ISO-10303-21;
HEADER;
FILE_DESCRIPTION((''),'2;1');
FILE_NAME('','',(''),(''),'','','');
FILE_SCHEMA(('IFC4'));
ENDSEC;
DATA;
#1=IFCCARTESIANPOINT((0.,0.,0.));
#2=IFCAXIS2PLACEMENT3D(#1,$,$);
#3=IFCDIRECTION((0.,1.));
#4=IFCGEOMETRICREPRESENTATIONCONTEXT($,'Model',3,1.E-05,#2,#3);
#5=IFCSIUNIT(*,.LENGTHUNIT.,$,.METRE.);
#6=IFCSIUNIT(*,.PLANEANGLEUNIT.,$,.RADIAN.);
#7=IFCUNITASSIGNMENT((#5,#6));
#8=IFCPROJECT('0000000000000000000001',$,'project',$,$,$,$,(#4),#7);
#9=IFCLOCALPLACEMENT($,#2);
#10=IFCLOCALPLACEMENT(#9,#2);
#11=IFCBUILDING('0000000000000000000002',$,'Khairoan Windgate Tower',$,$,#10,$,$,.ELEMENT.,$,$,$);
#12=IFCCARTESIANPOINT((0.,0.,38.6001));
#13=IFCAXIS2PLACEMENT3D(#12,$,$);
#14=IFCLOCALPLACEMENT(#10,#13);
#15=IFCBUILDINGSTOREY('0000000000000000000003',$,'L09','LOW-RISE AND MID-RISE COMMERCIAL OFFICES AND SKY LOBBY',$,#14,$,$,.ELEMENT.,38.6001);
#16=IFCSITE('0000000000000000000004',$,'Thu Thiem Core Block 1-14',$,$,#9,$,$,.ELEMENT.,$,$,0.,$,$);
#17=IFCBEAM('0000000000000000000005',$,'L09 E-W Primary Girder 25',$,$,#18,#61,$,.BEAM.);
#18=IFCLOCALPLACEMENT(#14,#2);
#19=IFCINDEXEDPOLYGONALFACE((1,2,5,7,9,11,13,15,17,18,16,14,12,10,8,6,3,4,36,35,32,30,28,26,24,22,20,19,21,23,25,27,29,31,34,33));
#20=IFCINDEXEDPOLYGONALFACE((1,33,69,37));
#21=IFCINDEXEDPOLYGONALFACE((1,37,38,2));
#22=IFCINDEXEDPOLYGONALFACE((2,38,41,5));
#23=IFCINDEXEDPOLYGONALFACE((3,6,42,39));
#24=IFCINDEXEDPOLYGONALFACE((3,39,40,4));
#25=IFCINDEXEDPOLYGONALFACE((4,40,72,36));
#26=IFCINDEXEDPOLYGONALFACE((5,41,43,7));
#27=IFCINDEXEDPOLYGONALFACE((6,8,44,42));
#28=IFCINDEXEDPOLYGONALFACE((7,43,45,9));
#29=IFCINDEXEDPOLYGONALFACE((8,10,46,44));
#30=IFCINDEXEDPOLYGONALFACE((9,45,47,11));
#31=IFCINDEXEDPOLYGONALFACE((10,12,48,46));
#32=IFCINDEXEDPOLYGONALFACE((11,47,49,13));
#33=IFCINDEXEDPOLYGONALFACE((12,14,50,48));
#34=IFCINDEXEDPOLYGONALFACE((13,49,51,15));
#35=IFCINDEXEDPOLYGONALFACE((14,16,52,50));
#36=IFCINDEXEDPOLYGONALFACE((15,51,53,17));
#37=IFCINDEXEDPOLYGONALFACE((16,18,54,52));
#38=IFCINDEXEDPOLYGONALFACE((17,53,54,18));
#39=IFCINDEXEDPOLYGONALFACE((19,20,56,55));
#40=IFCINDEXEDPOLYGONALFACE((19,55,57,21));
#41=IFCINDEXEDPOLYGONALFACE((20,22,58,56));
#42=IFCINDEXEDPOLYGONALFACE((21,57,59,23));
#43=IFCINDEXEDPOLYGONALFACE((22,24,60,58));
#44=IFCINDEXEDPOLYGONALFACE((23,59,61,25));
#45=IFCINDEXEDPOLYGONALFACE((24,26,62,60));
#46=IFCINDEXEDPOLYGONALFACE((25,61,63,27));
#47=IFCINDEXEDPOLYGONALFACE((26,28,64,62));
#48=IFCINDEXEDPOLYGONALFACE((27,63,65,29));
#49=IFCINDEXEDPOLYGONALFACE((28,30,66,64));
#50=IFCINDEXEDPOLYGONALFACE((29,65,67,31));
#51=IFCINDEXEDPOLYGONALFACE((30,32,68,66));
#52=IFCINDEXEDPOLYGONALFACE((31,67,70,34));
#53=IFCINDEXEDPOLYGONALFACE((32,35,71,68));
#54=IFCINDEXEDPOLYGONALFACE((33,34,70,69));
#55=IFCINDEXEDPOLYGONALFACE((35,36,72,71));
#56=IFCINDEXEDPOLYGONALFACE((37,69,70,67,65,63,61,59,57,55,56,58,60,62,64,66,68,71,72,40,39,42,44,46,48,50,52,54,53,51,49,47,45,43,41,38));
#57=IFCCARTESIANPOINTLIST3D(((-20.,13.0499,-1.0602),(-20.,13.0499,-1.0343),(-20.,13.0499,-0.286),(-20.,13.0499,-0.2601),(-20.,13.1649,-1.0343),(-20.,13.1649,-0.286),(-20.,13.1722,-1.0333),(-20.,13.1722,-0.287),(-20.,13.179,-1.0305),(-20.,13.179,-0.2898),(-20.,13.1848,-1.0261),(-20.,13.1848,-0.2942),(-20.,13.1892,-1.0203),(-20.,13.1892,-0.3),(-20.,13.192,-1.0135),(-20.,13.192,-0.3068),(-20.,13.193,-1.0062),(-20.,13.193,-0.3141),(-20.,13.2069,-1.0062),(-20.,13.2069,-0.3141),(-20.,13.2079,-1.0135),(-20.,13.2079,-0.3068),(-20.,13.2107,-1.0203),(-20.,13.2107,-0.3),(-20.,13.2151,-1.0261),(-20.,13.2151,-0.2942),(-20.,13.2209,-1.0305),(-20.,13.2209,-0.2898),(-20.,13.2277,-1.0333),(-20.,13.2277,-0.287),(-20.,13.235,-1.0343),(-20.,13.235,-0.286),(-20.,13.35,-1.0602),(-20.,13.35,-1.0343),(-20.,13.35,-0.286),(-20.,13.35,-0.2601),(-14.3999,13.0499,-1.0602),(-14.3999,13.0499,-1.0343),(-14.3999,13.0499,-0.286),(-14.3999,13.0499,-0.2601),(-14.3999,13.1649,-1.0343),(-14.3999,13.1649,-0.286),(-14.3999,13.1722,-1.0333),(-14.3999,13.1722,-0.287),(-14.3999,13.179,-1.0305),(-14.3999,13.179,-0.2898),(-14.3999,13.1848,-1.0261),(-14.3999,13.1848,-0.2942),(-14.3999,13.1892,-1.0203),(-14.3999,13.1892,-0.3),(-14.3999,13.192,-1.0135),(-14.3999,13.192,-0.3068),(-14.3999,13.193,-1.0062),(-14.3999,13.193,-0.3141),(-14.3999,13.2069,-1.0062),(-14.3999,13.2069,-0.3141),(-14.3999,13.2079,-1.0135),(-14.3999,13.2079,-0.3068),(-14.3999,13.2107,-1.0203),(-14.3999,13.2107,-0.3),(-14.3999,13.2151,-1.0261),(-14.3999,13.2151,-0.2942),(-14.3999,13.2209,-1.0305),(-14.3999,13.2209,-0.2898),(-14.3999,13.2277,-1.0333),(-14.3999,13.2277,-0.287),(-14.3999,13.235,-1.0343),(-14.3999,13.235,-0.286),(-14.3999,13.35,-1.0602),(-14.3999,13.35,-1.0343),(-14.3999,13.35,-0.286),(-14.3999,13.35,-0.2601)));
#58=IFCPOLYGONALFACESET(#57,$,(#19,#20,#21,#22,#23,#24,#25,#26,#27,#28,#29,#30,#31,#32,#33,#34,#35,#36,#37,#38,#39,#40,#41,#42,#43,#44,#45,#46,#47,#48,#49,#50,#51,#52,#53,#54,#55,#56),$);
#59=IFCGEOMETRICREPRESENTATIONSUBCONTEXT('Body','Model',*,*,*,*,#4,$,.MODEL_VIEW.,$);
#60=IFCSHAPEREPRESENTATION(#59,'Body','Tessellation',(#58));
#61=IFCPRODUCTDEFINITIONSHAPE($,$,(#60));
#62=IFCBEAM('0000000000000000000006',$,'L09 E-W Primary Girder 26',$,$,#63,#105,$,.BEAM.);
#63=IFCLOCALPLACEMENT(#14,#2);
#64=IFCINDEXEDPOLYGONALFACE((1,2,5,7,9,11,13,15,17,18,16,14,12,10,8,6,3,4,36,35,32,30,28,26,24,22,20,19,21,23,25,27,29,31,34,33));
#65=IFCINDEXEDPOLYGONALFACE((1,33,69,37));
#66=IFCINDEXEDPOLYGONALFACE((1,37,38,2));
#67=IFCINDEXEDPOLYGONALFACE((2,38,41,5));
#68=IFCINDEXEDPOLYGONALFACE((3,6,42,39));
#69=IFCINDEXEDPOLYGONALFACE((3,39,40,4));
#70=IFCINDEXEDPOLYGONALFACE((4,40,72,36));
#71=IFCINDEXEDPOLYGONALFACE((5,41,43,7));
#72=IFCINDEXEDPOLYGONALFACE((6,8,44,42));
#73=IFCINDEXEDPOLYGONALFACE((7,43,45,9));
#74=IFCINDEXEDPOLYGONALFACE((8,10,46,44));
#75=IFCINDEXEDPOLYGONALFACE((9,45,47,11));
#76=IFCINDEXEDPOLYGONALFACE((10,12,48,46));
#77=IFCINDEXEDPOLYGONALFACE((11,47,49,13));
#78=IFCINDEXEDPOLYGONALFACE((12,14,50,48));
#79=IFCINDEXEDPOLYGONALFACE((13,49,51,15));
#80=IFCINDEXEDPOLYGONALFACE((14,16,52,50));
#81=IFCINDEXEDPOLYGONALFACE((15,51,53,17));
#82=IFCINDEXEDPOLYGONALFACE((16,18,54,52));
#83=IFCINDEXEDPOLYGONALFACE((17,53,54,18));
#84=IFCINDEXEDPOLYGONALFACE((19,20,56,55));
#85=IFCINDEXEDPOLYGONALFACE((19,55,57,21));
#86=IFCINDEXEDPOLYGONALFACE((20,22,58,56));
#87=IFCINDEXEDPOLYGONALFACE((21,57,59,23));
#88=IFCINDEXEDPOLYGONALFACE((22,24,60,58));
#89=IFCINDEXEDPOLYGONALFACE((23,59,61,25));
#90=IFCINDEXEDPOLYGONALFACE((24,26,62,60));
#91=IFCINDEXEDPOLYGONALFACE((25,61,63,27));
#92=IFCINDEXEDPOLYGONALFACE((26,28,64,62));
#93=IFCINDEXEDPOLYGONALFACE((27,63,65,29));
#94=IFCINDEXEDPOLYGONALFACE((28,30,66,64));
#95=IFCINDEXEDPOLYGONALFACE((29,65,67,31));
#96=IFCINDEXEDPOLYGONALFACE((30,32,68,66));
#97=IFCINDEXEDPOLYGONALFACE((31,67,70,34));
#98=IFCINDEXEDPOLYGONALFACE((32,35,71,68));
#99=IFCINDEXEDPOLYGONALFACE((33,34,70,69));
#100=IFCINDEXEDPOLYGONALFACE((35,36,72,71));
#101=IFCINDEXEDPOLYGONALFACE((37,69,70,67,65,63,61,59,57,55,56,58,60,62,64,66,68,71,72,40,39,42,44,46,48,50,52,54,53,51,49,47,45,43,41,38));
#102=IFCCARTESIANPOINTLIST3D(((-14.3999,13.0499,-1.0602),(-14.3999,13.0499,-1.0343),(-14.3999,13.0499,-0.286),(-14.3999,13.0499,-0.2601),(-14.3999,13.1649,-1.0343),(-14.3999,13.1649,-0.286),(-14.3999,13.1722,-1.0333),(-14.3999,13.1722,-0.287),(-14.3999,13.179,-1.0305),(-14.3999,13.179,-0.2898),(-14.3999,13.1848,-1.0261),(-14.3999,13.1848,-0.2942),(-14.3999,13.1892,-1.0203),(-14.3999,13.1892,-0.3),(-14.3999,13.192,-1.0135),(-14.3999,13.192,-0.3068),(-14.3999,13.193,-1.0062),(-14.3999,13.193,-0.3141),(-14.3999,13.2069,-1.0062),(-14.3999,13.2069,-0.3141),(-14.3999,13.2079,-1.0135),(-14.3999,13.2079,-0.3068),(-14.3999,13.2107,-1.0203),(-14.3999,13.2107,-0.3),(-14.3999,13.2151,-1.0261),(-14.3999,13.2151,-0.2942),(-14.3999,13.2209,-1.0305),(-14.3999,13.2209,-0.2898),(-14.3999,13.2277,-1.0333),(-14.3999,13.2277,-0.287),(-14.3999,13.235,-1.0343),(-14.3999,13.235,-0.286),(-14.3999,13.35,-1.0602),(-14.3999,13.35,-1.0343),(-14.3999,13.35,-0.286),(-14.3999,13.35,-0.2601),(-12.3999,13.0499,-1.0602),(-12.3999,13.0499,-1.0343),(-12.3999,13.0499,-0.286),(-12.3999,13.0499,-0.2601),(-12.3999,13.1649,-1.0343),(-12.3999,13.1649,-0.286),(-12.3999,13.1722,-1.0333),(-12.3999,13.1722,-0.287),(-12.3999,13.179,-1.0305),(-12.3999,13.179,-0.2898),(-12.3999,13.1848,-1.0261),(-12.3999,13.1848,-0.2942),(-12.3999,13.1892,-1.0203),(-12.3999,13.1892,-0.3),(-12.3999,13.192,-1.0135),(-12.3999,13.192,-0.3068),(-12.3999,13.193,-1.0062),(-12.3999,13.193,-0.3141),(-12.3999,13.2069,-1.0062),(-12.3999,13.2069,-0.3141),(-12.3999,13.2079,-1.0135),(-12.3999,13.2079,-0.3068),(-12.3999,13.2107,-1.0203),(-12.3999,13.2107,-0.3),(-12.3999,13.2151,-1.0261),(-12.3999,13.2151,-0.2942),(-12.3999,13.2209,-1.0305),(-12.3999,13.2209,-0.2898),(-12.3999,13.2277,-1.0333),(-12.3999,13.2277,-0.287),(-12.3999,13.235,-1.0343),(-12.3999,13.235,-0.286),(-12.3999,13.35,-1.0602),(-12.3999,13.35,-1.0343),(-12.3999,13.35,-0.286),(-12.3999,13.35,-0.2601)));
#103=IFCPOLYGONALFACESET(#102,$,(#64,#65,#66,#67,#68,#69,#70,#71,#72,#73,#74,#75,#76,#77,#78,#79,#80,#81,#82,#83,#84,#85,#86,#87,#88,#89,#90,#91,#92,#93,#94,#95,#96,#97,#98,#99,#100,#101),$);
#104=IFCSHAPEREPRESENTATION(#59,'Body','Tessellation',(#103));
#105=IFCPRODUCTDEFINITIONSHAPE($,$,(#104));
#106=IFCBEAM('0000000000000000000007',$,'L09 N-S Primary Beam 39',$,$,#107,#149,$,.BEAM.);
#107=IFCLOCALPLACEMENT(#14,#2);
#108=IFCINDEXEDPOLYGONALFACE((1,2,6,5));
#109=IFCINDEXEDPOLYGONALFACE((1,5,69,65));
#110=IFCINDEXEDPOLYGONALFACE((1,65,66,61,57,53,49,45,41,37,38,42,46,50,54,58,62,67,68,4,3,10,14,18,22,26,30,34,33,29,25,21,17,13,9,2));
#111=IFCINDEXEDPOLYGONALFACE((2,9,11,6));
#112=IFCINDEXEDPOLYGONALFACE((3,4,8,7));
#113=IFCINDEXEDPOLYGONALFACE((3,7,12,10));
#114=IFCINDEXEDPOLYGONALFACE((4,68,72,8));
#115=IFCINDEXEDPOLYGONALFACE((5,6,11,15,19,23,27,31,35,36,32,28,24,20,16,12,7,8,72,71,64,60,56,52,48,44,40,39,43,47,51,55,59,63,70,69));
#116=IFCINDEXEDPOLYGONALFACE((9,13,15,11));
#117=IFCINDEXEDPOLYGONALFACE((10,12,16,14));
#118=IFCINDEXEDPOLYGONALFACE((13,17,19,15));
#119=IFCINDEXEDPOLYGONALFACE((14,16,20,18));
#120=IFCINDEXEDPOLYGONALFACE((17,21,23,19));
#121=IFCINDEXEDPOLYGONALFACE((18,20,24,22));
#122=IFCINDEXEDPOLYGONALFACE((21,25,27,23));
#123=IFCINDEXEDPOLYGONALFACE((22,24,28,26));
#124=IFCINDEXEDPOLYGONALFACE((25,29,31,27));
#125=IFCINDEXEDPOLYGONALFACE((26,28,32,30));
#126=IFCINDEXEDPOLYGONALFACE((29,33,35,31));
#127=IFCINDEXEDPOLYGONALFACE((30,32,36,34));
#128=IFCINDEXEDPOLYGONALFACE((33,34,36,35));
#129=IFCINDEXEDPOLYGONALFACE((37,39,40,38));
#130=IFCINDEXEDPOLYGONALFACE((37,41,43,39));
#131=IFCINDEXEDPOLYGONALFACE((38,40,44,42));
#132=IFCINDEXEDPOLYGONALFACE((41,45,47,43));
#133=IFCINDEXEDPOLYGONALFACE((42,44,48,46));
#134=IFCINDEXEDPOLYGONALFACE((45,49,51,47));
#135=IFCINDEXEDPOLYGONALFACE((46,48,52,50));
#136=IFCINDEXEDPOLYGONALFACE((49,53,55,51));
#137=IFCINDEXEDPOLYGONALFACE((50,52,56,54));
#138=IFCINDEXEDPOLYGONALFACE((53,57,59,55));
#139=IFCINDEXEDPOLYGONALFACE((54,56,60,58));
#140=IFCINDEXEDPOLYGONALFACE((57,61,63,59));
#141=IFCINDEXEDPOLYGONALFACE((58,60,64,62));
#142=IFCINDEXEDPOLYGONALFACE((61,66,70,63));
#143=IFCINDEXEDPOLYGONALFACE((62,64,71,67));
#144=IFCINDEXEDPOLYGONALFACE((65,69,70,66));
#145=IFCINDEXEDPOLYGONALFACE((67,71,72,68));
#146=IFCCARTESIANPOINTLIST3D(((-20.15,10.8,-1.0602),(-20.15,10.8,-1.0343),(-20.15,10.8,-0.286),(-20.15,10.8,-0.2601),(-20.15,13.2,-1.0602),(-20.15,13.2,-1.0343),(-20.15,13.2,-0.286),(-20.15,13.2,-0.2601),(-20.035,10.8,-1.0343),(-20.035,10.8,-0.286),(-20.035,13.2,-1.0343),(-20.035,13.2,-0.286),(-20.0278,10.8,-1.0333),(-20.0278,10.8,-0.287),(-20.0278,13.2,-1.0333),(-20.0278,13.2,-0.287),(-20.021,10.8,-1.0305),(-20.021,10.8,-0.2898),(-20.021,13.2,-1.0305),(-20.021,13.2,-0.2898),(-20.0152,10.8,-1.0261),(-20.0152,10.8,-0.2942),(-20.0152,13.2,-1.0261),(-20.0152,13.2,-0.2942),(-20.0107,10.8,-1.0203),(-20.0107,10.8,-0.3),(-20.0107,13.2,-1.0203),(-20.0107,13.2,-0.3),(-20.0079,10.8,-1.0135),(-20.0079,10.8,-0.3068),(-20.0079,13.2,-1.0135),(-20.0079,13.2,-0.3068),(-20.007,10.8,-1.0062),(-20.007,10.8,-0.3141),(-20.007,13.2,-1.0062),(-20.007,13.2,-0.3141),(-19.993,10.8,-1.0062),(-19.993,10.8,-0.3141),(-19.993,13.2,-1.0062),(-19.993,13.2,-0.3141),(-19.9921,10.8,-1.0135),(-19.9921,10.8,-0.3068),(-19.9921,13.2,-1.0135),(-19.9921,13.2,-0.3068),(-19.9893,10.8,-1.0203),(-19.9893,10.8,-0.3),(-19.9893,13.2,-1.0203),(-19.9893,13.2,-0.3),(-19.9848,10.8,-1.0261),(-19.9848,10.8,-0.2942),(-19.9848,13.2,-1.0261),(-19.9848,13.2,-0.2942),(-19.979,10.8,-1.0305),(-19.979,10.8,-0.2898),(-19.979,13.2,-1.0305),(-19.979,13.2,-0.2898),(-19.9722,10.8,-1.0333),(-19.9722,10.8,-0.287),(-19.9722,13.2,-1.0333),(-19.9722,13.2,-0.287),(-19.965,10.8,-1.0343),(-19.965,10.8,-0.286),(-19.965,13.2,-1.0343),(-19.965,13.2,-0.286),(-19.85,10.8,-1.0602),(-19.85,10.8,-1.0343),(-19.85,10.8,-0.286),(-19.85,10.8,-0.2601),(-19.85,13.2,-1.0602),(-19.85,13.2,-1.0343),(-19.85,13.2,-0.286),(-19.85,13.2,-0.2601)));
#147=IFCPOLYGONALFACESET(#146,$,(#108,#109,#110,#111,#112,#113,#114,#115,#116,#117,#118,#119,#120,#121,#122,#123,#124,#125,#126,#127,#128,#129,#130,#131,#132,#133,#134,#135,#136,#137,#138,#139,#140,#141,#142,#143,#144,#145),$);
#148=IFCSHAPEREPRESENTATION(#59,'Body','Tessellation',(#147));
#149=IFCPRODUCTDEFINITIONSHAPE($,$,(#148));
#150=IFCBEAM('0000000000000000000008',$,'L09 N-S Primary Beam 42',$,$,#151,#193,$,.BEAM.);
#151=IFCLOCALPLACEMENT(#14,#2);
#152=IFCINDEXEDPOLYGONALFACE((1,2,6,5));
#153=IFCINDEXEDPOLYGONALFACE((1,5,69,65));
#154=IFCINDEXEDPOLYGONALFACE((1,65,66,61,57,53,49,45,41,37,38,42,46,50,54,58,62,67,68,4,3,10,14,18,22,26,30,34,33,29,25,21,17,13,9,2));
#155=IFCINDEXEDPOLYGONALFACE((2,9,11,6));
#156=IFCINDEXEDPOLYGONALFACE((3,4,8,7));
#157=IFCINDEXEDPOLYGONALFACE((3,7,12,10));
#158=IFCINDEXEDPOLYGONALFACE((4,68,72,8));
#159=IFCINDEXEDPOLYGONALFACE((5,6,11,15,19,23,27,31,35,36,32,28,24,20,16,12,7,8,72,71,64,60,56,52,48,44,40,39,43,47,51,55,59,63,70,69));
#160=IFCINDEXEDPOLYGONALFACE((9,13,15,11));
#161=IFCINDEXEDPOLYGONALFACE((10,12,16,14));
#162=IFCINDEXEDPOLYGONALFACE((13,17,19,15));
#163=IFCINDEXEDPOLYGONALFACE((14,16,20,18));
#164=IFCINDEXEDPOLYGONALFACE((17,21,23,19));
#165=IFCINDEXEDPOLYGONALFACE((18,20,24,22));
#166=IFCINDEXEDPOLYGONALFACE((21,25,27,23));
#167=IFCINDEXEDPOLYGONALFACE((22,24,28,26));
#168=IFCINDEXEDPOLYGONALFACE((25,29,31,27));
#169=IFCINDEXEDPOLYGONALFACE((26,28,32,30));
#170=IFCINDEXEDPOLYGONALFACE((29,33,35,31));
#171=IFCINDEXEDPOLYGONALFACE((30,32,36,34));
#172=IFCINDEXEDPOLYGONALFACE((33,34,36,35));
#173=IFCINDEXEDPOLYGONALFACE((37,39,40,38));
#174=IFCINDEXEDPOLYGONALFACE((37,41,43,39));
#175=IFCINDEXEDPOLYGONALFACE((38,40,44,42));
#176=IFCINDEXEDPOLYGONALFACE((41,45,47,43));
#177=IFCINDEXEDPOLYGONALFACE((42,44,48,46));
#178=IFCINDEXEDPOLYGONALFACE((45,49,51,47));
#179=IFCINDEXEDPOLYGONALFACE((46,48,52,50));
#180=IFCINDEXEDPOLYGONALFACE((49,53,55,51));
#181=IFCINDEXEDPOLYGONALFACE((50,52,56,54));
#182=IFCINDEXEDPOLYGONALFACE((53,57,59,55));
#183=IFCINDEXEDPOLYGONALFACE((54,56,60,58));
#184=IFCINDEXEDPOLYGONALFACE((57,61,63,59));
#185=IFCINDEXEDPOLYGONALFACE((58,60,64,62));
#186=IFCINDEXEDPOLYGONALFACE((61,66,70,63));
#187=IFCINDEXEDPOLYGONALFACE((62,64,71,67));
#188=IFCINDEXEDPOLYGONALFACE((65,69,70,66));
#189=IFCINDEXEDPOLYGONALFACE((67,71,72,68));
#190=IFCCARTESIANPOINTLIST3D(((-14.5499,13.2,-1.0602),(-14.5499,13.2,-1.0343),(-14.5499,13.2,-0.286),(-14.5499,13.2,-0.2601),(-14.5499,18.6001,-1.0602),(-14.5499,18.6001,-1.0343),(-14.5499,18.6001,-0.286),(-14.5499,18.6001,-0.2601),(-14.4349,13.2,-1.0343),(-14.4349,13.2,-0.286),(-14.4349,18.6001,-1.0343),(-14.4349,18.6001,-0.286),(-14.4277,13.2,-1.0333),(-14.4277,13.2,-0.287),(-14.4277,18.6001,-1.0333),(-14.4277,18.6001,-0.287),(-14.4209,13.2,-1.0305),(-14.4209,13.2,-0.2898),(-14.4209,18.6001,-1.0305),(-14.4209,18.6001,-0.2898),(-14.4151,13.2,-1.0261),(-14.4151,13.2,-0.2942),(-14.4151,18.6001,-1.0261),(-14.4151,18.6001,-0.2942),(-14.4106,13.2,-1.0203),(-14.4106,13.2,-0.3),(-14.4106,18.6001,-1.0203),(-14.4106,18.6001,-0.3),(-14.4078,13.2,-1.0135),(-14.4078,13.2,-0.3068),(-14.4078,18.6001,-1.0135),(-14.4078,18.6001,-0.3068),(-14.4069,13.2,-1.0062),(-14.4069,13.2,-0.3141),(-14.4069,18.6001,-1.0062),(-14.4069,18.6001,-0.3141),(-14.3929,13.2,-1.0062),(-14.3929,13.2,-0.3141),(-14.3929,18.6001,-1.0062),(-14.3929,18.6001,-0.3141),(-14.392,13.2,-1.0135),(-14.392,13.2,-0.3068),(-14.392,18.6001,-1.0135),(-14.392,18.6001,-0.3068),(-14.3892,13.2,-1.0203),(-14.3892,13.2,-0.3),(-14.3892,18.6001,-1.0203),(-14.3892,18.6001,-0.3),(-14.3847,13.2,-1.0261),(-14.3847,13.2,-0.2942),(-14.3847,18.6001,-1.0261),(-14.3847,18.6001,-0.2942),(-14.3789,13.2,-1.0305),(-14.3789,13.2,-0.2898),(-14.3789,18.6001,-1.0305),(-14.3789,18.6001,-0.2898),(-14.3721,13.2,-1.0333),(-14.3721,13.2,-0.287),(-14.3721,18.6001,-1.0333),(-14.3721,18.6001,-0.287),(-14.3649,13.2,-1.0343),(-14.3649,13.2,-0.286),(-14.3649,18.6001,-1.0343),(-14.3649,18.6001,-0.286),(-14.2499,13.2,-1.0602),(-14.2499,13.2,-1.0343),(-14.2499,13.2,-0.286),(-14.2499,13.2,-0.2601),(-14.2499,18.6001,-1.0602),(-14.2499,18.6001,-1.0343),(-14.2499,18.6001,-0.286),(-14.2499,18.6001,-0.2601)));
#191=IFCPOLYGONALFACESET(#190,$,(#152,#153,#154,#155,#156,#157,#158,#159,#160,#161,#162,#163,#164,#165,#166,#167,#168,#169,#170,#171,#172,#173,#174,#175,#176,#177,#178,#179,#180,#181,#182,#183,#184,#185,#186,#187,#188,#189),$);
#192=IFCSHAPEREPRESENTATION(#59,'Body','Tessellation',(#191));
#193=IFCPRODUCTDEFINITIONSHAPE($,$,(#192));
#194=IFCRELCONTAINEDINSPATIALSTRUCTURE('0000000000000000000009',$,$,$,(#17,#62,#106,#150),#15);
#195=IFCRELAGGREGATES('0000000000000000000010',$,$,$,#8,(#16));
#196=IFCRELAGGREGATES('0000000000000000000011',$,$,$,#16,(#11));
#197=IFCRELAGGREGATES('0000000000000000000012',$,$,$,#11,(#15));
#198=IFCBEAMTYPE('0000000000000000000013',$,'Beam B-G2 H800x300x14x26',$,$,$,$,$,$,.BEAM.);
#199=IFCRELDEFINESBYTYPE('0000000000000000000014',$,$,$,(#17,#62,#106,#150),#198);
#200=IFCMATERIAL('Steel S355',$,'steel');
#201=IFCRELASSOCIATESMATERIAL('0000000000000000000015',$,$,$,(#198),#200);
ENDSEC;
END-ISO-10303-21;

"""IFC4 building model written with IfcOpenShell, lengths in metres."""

from ifc_helpers import new_model, si_unit, direction, frame, origin, origin_2d, place, context, subcontext, project, spatial, i_section, extrude, material, material_profile, profile_set, type_object, element, save


model = new_model("IFC4")

# Units and contexts
model_context = context("Model", 3, precision=1e-05, world=origin(), true_north=direction((0.0, 1.0)))
body_context = subcontext(model_context, "Body", "Model", "MODEL_VIEW")
ifc_project = project(units=[si_unit("LENGTHUNIT", "METRE"), si_unit("PLANEANGLEUNIT", "RADIAN")], contexts=[model_context])

# Site, building, storey
site_placement = place(None, origin())
site = spatial("IfcSite", under=ifc_project, at=site_placement, Name="Thu Thiem Core Block 1-14", CompositionType="ELEMENT", RefElevation=0.0)
building_placement = place(site_placement, origin())
building = spatial("IfcBuilding", under=site, at=building_placement, Name="Khairoan Windgate Tower", CompositionType="ELEMENT")
storey_placement = place(building_placement, frame((0.0, 0.0, 38.6001)))
storey = spatial("IfcBuildingStorey", under=building, at=storey_placement, Name="L09", Description="LOW-RISE AND MID-RISE COMMERCIAL OFFICES AND SKY LOBBY", CompositionType="ELEMENT", Elevation=38.6001)

# Beams
ifc_material_1 = material(Name="Steel S355", Category="steel")
ifc_material_profile_1 = material_profile(ifc_material_1, i_section(OverallWidth=0.3, OverallDepth=0.8, WebThickness=0.0139, FlangeThickness=0.0259, FilletRadius=0.0281, at=origin_2d()))
ifc_profile_set_1 = profile_set([ifc_material_profile_1], Name="Steel S355")
beam_type_1 = type_object("IfcBeamType", Name="Beam B-G2 H800x300x14x26", PredefinedType="BEAM", material=ifc_profile_set_1)
beam_1_placement = place(storey_placement, frame((-20.0, 13.2, -0.6602), z_axis=(1.0, 0.0, 0.0), x_axis=(0.0, 1.0, 0.0)))
element("IfcBeam", 1, at=beam_1_placement, inside=storey, type_object=beam_type_1, Name="L09 E-W Primary Girder 25", PredefinedType="BEAM", context=body_context, shape_type="SweptSolid", body=[
    extrude(i_section(OverallWidth=0.3, OverallDepth=0.8, WebThickness=0.0139, FlangeThickness=0.0259, FilletRadius=0.0281, at=origin_2d()), origin(), (0.0, 0.0, 1.0), 5.6001),
])
beam_2_placement = place(storey_placement, frame((-14.3999, 13.2, -0.6602), z_axis=(1.0, 0.0, 0.0), x_axis=(0.0, 1.0, 0.0)))
element("IfcBeam", 2, at=beam_2_placement, inside=storey, type_object=beam_type_1, Name="L09 E-W Primary Girder 26", PredefinedType="BEAM", context=body_context, shape_type="SweptSolid", body=[
    extrude(i_section(OverallWidth=0.3, OverallDepth=0.8, WebThickness=0.0139, FlangeThickness=0.0259, FilletRadius=0.0281, at=origin_2d()), origin(), (0.0, 0.0, 1.0), 2.0),
])
beam_3_placement = place(storey_placement, frame((-20.0, 10.8, -0.6602), z_axis=(0.0, 1.0, 0.0), x_axis=(-1.0, 0.0, 0.0)))
element("IfcBeam", 3, at=beam_3_placement, inside=storey, type_object=beam_type_1, Name="L09 N-S Primary Beam 39", PredefinedType="BEAM", context=body_context, shape_type="SweptSolid", body=[
    extrude(i_section(OverallWidth=0.3, OverallDepth=0.8, WebThickness=0.0139, FlangeThickness=0.0259, FilletRadius=0.0281, at=origin_2d()), origin(), (0.0, 0.0, 1.0), 2.3999),
])
beam_4_placement = place(storey_placement, frame((-14.3999, 13.2, -0.6602), z_axis=(0.0, 1.0, 0.0), x_axis=(-1.0, 0.0, 0.0)))
element("IfcBeam", 4, at=beam_4_placement, inside=storey, type_object=beam_type_1, Name="L09 N-S Primary Beam 42", PredefinedType="BEAM", context=body_context, shape_type="SweptSolid", body=[
    extrude(i_section(OverallWidth=0.3, OverallDepth=0.8, WebThickness=0.0139, FlangeThickness=0.0259, FilletRadius=0.0281, at=origin_2d()), origin(), (0.0, 0.0, 1.0), 5.4001),
])

save(model, "model.ifc")
